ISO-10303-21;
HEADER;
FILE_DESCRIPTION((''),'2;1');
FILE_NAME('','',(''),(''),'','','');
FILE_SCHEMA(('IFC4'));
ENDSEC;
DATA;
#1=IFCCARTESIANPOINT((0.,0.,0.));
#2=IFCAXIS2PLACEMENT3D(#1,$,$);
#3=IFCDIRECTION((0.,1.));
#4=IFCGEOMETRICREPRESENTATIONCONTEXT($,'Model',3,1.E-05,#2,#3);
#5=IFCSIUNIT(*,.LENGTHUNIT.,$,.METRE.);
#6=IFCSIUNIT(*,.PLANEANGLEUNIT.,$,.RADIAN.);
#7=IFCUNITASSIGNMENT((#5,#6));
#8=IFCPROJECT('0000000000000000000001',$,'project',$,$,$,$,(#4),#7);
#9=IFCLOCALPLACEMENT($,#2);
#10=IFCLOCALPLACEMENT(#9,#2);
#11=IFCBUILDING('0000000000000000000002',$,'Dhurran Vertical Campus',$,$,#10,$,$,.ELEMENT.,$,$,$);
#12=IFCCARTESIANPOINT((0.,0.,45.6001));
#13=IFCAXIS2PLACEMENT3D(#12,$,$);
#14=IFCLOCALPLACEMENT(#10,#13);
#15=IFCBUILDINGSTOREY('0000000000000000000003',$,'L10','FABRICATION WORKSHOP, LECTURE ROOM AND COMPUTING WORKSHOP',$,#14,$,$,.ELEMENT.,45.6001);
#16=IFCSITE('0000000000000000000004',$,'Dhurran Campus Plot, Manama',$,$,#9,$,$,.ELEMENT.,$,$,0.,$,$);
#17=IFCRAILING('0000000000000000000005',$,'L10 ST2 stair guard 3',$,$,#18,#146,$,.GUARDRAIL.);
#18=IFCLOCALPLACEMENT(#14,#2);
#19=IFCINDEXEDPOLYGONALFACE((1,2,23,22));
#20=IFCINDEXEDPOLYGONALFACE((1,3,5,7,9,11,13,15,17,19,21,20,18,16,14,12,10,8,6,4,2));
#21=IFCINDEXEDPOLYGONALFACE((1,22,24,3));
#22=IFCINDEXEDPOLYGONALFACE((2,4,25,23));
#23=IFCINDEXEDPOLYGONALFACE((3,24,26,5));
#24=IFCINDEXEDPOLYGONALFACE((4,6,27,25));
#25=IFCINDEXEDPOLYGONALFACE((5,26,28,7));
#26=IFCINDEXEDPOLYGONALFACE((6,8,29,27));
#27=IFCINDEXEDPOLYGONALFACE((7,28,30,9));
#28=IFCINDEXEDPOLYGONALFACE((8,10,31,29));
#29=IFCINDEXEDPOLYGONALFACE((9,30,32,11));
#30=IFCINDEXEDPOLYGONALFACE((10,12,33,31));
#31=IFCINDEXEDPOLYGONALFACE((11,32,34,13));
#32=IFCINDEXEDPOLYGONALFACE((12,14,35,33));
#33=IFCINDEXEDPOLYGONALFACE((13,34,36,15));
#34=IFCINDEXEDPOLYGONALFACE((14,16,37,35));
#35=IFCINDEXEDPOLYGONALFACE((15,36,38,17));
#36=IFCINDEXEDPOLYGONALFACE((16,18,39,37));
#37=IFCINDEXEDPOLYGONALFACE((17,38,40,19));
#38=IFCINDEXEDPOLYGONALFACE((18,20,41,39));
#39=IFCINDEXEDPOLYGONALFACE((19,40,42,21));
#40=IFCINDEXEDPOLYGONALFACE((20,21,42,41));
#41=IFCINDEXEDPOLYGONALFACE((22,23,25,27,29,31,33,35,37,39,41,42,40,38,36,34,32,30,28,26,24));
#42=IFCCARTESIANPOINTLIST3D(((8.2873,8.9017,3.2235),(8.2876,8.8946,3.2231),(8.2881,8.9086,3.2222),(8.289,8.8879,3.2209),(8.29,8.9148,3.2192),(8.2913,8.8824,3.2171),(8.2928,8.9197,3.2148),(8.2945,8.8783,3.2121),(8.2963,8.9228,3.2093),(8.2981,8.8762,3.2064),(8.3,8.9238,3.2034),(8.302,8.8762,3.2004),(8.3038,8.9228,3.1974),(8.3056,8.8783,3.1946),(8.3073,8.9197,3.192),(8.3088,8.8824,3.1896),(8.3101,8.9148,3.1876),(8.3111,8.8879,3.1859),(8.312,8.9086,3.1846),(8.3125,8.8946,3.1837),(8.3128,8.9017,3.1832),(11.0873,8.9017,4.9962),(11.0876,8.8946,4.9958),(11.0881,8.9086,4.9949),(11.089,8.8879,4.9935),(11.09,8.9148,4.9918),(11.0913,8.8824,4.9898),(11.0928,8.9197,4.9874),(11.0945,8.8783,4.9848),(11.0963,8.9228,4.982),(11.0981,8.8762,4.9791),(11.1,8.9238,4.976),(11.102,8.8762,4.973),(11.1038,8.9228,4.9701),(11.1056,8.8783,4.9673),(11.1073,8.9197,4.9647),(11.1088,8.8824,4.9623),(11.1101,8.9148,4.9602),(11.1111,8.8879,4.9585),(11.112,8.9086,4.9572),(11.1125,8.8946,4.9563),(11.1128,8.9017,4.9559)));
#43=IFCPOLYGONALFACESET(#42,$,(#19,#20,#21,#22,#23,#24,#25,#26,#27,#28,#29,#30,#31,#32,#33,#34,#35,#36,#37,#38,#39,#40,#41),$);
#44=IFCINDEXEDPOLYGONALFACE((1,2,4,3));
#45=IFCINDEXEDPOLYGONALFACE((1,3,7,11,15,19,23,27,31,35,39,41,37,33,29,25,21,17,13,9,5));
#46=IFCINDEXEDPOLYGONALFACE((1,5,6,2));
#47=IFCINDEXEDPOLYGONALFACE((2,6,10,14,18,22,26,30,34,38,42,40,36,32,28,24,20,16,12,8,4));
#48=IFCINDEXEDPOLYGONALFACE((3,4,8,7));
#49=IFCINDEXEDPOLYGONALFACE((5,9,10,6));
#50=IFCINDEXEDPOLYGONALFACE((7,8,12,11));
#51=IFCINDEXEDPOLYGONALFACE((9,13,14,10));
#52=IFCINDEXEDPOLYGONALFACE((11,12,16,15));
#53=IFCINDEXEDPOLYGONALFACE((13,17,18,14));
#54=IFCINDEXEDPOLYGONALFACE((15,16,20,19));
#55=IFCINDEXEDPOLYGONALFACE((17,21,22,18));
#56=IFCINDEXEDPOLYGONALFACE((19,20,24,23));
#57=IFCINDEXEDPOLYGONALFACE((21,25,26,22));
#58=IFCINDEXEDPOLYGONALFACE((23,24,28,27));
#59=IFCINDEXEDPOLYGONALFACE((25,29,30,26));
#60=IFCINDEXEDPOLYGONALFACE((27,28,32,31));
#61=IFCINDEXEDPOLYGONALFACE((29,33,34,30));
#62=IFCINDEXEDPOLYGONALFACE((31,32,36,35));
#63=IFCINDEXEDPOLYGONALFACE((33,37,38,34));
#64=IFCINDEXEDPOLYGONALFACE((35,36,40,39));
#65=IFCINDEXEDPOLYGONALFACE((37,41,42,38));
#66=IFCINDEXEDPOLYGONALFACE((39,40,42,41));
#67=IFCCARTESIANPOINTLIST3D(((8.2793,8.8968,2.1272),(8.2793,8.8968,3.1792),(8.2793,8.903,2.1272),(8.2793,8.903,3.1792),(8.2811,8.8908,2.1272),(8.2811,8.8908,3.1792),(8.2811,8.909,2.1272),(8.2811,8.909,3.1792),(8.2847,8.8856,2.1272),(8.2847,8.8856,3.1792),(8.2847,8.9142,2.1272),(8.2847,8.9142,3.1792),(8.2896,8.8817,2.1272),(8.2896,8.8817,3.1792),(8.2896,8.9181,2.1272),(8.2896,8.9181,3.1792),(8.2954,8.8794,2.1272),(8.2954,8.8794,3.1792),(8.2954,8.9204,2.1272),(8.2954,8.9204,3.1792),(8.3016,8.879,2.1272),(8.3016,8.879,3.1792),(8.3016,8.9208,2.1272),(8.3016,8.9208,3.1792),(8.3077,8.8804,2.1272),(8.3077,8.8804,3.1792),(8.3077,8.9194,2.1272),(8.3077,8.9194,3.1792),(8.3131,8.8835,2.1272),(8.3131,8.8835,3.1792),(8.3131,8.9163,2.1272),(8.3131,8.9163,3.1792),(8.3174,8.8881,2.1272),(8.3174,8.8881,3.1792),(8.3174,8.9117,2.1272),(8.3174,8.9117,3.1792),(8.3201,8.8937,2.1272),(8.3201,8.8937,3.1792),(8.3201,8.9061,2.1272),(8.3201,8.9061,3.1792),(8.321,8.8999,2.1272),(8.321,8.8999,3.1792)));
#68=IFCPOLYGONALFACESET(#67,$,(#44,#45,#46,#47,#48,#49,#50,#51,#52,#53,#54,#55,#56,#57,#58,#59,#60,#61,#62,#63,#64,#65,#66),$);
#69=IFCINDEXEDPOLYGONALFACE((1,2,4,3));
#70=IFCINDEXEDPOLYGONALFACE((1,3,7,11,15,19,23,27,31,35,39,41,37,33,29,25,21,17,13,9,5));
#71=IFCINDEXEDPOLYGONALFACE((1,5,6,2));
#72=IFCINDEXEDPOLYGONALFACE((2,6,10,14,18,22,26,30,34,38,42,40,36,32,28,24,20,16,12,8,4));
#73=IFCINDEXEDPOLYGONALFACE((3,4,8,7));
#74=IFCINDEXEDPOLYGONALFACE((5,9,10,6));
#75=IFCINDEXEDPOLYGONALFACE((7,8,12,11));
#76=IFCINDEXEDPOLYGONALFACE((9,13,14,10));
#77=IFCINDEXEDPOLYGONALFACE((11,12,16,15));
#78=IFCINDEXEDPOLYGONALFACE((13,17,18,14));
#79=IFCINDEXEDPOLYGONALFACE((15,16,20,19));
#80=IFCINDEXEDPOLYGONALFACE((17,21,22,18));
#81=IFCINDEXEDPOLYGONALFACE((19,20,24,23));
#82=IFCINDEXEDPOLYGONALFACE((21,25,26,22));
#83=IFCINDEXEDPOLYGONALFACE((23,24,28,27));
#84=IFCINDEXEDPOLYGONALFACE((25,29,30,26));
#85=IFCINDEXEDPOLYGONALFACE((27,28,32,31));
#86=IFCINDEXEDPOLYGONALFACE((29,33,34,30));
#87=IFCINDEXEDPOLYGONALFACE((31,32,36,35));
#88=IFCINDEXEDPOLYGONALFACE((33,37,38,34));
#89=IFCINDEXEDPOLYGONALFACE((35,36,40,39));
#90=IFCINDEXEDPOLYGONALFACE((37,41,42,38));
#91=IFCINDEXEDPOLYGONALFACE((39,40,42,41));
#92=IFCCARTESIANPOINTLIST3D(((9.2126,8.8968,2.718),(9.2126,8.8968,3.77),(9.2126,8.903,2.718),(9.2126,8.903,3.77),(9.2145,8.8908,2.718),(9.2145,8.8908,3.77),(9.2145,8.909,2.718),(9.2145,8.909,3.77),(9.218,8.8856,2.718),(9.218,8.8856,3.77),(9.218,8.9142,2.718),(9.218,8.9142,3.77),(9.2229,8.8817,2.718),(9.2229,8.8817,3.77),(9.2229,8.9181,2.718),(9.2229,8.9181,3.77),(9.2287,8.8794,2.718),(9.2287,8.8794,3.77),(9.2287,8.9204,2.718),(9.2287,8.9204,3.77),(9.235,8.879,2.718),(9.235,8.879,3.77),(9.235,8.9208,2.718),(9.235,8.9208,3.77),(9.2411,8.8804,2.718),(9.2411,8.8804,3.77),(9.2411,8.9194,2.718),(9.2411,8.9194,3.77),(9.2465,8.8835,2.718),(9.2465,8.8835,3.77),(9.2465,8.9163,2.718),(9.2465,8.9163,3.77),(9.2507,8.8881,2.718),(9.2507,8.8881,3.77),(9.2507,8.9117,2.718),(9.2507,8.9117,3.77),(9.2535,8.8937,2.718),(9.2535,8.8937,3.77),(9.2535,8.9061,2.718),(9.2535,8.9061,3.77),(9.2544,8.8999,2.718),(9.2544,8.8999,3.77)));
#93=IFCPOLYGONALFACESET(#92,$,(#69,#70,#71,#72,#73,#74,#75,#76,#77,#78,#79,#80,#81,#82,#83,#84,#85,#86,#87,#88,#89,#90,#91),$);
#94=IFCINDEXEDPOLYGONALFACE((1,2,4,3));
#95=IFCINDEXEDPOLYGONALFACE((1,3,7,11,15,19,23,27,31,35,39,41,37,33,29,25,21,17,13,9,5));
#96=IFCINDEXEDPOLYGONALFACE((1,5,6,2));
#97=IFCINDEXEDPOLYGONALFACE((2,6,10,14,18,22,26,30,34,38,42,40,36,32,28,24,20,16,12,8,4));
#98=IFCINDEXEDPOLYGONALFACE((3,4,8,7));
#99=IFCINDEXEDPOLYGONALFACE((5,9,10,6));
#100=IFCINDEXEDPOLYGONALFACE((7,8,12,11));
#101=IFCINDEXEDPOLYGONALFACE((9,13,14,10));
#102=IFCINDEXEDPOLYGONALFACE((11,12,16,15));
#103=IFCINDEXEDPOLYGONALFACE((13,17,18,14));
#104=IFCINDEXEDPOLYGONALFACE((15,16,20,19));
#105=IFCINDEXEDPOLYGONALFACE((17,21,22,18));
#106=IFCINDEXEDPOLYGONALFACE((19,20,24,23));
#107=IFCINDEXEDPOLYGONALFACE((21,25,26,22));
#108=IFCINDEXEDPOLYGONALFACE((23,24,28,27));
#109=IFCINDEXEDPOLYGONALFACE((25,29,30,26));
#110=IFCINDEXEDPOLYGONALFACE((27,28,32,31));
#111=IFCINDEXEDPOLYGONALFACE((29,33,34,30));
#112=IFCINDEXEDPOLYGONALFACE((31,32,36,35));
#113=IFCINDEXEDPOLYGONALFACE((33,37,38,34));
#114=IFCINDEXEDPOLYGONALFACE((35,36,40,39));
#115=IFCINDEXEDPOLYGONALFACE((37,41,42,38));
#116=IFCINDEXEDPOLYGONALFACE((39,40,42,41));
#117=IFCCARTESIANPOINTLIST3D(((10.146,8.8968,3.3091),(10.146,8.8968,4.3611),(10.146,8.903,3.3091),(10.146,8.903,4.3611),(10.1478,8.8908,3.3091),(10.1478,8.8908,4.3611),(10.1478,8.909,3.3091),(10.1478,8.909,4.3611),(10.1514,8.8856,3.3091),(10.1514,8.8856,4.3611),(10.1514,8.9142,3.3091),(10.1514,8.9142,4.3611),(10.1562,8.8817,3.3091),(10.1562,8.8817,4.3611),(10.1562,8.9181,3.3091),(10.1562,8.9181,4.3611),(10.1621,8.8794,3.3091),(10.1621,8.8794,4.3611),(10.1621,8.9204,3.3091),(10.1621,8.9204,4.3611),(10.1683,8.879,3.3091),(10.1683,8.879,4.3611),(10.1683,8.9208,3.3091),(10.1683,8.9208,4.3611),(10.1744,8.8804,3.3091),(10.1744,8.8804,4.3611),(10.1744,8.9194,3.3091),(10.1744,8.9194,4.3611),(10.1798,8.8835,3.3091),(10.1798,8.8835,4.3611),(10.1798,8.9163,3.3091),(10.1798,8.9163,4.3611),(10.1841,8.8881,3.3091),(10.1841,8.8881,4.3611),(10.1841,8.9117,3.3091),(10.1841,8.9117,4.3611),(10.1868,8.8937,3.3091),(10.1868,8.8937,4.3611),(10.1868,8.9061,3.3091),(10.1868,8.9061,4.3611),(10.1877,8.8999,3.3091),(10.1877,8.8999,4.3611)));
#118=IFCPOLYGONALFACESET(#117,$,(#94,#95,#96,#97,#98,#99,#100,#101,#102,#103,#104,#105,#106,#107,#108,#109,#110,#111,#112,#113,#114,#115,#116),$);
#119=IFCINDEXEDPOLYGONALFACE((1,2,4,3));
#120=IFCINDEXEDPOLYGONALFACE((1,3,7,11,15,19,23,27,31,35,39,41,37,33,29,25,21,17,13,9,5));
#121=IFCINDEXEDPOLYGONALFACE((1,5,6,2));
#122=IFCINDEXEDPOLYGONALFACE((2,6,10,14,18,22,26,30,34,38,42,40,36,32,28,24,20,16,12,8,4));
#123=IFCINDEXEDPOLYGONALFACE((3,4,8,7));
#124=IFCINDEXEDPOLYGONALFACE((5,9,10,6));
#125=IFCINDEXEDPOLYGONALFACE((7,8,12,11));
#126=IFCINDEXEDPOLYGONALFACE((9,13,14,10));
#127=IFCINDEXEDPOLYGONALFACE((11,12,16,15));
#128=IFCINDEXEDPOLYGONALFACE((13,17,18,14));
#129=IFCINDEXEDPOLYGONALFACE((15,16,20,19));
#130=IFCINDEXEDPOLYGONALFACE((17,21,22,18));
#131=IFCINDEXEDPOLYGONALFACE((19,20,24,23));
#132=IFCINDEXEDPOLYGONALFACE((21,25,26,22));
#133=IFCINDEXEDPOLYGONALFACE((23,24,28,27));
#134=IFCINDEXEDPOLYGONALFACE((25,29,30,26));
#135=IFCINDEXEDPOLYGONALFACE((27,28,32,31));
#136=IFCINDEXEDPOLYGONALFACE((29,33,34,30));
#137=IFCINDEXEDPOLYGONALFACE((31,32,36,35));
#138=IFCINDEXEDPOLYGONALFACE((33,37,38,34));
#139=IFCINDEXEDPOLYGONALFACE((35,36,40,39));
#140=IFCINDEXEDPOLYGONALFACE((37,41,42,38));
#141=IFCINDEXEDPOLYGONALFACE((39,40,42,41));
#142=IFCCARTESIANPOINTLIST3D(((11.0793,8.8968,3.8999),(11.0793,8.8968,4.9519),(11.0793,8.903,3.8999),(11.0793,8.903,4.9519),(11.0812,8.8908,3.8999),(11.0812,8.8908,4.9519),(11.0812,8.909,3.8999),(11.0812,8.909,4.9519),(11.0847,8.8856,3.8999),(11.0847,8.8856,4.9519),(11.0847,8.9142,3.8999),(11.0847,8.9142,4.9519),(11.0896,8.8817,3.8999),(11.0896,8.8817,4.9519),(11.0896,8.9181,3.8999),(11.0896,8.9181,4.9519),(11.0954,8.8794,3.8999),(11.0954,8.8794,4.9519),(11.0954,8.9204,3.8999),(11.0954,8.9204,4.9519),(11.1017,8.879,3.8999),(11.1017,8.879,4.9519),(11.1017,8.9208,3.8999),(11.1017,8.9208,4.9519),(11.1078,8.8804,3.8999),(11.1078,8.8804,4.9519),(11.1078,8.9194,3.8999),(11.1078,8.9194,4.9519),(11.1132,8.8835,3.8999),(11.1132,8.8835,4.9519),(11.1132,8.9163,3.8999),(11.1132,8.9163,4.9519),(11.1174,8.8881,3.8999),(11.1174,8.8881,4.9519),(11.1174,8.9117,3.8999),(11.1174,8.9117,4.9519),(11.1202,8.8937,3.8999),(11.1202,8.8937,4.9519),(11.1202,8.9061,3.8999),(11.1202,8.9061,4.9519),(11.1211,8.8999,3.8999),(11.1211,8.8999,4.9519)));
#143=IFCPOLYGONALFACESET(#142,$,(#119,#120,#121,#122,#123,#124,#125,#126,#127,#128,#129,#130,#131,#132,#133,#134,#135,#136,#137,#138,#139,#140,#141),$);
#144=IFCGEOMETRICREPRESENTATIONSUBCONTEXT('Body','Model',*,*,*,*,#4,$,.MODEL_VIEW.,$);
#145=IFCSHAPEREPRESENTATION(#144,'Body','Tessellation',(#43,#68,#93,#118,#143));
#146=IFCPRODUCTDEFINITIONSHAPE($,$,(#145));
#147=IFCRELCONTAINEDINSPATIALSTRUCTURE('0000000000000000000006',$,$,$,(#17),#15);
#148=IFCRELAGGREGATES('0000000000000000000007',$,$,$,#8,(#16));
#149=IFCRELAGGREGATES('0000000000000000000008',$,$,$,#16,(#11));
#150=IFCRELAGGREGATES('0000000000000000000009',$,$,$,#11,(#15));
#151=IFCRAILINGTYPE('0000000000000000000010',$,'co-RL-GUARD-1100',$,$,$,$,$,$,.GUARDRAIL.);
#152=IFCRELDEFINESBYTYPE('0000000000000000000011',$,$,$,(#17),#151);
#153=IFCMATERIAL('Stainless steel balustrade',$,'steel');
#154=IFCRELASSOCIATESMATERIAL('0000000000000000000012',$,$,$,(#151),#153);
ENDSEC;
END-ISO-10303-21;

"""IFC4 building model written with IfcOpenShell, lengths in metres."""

from ifc_helpers import new_model, si_unit, direction, frame, origin, origin_2d, place, context, subcontext, project, spatial, circle, extrude, material, type_object, element, save


model = new_model("IFC4")

# Units and contexts
model_context = context("Model", 3, precision=1e-05, world=origin(), true_north=direction((0.0, 1.0)))
body_context = subcontext(model_context, "Body", "Model", "MODEL_VIEW")
ifc_project = project(units=[si_unit("LENGTHUNIT", "METRE"), si_unit("PLANEANGLEUNIT", "RADIAN")], contexts=[model_context])

# Site, building, storey
site_placement = place(None, origin())
site = spatial("IfcSite", under=ifc_project, at=site_placement, Name="Dhurran Campus Plot, Manama", CompositionType="ELEMENT", RefElevation=0.0)
building_placement = place(site_placement, origin())
building = spatial("IfcBuilding", under=site, at=building_placement, Name="Dhurran Vertical Campus", CompositionType="ELEMENT")
storey_placement = place(building_placement, frame((0.0, 0.0, 45.6001)))
storey = spatial("IfcBuildingStorey", under=building, at=storey_placement, Name="L10", Description="FABRICATION WORKSHOP, LECTURE ROOM AND COMPUTING WORKSHOP", CompositionType="ELEMENT", Elevation=45.6001)

# Railing
ifc_material_1 = material(Name="Stainless steel balustrade", Category="steel")
railing_type_1 = type_object("IfcRailingType", Name="co-RL-GUARD-1100", PredefinedType="GUARDRAIL", material=ifc_material_1)
railing_1_placement = place(storey_placement, frame((8.3, 8.8999, 2.1272)))
element("IfcRailing", 1, at=railing_1_placement, inside=storey, type_object=railing_type_1, Name="L10 ST2 stair guard 3", PredefinedType="GUARDRAIL", context=body_context, shape_type="SweptSolid", body=[
    extrude(circle(Radius=0.0239, at=origin_2d()), frame((0.0, 0.0, 1.0762), z_axis=(0.844909, 0.0, 0.53491), x_axis=(0.0, 1.0, 0.0)), (0.0, 0.0, 1.0), 3.314),
    extrude(circle(Radius=0.021, at=origin_2d()), origin(), (0.0, 0.0, 1.0), 1.052),
    extrude(circle(Radius=0.021, at=origin_2d()), frame((0.9333, 0.0, 0.5908)), (0.0, 0.0, 1.0), 1.052),
    extrude(circle(Radius=0.021, at=origin_2d()), frame((1.8667, 0.0, 1.1819)), (0.0, 0.0, 1.0), 1.052),
    extrude(circle(Radius=0.021, at=origin_2d()), frame((2.8, 0.0, 1.7727)), (0.0, 0.0, 1.0), 1.052),
])

save(model, "model.ifc")
